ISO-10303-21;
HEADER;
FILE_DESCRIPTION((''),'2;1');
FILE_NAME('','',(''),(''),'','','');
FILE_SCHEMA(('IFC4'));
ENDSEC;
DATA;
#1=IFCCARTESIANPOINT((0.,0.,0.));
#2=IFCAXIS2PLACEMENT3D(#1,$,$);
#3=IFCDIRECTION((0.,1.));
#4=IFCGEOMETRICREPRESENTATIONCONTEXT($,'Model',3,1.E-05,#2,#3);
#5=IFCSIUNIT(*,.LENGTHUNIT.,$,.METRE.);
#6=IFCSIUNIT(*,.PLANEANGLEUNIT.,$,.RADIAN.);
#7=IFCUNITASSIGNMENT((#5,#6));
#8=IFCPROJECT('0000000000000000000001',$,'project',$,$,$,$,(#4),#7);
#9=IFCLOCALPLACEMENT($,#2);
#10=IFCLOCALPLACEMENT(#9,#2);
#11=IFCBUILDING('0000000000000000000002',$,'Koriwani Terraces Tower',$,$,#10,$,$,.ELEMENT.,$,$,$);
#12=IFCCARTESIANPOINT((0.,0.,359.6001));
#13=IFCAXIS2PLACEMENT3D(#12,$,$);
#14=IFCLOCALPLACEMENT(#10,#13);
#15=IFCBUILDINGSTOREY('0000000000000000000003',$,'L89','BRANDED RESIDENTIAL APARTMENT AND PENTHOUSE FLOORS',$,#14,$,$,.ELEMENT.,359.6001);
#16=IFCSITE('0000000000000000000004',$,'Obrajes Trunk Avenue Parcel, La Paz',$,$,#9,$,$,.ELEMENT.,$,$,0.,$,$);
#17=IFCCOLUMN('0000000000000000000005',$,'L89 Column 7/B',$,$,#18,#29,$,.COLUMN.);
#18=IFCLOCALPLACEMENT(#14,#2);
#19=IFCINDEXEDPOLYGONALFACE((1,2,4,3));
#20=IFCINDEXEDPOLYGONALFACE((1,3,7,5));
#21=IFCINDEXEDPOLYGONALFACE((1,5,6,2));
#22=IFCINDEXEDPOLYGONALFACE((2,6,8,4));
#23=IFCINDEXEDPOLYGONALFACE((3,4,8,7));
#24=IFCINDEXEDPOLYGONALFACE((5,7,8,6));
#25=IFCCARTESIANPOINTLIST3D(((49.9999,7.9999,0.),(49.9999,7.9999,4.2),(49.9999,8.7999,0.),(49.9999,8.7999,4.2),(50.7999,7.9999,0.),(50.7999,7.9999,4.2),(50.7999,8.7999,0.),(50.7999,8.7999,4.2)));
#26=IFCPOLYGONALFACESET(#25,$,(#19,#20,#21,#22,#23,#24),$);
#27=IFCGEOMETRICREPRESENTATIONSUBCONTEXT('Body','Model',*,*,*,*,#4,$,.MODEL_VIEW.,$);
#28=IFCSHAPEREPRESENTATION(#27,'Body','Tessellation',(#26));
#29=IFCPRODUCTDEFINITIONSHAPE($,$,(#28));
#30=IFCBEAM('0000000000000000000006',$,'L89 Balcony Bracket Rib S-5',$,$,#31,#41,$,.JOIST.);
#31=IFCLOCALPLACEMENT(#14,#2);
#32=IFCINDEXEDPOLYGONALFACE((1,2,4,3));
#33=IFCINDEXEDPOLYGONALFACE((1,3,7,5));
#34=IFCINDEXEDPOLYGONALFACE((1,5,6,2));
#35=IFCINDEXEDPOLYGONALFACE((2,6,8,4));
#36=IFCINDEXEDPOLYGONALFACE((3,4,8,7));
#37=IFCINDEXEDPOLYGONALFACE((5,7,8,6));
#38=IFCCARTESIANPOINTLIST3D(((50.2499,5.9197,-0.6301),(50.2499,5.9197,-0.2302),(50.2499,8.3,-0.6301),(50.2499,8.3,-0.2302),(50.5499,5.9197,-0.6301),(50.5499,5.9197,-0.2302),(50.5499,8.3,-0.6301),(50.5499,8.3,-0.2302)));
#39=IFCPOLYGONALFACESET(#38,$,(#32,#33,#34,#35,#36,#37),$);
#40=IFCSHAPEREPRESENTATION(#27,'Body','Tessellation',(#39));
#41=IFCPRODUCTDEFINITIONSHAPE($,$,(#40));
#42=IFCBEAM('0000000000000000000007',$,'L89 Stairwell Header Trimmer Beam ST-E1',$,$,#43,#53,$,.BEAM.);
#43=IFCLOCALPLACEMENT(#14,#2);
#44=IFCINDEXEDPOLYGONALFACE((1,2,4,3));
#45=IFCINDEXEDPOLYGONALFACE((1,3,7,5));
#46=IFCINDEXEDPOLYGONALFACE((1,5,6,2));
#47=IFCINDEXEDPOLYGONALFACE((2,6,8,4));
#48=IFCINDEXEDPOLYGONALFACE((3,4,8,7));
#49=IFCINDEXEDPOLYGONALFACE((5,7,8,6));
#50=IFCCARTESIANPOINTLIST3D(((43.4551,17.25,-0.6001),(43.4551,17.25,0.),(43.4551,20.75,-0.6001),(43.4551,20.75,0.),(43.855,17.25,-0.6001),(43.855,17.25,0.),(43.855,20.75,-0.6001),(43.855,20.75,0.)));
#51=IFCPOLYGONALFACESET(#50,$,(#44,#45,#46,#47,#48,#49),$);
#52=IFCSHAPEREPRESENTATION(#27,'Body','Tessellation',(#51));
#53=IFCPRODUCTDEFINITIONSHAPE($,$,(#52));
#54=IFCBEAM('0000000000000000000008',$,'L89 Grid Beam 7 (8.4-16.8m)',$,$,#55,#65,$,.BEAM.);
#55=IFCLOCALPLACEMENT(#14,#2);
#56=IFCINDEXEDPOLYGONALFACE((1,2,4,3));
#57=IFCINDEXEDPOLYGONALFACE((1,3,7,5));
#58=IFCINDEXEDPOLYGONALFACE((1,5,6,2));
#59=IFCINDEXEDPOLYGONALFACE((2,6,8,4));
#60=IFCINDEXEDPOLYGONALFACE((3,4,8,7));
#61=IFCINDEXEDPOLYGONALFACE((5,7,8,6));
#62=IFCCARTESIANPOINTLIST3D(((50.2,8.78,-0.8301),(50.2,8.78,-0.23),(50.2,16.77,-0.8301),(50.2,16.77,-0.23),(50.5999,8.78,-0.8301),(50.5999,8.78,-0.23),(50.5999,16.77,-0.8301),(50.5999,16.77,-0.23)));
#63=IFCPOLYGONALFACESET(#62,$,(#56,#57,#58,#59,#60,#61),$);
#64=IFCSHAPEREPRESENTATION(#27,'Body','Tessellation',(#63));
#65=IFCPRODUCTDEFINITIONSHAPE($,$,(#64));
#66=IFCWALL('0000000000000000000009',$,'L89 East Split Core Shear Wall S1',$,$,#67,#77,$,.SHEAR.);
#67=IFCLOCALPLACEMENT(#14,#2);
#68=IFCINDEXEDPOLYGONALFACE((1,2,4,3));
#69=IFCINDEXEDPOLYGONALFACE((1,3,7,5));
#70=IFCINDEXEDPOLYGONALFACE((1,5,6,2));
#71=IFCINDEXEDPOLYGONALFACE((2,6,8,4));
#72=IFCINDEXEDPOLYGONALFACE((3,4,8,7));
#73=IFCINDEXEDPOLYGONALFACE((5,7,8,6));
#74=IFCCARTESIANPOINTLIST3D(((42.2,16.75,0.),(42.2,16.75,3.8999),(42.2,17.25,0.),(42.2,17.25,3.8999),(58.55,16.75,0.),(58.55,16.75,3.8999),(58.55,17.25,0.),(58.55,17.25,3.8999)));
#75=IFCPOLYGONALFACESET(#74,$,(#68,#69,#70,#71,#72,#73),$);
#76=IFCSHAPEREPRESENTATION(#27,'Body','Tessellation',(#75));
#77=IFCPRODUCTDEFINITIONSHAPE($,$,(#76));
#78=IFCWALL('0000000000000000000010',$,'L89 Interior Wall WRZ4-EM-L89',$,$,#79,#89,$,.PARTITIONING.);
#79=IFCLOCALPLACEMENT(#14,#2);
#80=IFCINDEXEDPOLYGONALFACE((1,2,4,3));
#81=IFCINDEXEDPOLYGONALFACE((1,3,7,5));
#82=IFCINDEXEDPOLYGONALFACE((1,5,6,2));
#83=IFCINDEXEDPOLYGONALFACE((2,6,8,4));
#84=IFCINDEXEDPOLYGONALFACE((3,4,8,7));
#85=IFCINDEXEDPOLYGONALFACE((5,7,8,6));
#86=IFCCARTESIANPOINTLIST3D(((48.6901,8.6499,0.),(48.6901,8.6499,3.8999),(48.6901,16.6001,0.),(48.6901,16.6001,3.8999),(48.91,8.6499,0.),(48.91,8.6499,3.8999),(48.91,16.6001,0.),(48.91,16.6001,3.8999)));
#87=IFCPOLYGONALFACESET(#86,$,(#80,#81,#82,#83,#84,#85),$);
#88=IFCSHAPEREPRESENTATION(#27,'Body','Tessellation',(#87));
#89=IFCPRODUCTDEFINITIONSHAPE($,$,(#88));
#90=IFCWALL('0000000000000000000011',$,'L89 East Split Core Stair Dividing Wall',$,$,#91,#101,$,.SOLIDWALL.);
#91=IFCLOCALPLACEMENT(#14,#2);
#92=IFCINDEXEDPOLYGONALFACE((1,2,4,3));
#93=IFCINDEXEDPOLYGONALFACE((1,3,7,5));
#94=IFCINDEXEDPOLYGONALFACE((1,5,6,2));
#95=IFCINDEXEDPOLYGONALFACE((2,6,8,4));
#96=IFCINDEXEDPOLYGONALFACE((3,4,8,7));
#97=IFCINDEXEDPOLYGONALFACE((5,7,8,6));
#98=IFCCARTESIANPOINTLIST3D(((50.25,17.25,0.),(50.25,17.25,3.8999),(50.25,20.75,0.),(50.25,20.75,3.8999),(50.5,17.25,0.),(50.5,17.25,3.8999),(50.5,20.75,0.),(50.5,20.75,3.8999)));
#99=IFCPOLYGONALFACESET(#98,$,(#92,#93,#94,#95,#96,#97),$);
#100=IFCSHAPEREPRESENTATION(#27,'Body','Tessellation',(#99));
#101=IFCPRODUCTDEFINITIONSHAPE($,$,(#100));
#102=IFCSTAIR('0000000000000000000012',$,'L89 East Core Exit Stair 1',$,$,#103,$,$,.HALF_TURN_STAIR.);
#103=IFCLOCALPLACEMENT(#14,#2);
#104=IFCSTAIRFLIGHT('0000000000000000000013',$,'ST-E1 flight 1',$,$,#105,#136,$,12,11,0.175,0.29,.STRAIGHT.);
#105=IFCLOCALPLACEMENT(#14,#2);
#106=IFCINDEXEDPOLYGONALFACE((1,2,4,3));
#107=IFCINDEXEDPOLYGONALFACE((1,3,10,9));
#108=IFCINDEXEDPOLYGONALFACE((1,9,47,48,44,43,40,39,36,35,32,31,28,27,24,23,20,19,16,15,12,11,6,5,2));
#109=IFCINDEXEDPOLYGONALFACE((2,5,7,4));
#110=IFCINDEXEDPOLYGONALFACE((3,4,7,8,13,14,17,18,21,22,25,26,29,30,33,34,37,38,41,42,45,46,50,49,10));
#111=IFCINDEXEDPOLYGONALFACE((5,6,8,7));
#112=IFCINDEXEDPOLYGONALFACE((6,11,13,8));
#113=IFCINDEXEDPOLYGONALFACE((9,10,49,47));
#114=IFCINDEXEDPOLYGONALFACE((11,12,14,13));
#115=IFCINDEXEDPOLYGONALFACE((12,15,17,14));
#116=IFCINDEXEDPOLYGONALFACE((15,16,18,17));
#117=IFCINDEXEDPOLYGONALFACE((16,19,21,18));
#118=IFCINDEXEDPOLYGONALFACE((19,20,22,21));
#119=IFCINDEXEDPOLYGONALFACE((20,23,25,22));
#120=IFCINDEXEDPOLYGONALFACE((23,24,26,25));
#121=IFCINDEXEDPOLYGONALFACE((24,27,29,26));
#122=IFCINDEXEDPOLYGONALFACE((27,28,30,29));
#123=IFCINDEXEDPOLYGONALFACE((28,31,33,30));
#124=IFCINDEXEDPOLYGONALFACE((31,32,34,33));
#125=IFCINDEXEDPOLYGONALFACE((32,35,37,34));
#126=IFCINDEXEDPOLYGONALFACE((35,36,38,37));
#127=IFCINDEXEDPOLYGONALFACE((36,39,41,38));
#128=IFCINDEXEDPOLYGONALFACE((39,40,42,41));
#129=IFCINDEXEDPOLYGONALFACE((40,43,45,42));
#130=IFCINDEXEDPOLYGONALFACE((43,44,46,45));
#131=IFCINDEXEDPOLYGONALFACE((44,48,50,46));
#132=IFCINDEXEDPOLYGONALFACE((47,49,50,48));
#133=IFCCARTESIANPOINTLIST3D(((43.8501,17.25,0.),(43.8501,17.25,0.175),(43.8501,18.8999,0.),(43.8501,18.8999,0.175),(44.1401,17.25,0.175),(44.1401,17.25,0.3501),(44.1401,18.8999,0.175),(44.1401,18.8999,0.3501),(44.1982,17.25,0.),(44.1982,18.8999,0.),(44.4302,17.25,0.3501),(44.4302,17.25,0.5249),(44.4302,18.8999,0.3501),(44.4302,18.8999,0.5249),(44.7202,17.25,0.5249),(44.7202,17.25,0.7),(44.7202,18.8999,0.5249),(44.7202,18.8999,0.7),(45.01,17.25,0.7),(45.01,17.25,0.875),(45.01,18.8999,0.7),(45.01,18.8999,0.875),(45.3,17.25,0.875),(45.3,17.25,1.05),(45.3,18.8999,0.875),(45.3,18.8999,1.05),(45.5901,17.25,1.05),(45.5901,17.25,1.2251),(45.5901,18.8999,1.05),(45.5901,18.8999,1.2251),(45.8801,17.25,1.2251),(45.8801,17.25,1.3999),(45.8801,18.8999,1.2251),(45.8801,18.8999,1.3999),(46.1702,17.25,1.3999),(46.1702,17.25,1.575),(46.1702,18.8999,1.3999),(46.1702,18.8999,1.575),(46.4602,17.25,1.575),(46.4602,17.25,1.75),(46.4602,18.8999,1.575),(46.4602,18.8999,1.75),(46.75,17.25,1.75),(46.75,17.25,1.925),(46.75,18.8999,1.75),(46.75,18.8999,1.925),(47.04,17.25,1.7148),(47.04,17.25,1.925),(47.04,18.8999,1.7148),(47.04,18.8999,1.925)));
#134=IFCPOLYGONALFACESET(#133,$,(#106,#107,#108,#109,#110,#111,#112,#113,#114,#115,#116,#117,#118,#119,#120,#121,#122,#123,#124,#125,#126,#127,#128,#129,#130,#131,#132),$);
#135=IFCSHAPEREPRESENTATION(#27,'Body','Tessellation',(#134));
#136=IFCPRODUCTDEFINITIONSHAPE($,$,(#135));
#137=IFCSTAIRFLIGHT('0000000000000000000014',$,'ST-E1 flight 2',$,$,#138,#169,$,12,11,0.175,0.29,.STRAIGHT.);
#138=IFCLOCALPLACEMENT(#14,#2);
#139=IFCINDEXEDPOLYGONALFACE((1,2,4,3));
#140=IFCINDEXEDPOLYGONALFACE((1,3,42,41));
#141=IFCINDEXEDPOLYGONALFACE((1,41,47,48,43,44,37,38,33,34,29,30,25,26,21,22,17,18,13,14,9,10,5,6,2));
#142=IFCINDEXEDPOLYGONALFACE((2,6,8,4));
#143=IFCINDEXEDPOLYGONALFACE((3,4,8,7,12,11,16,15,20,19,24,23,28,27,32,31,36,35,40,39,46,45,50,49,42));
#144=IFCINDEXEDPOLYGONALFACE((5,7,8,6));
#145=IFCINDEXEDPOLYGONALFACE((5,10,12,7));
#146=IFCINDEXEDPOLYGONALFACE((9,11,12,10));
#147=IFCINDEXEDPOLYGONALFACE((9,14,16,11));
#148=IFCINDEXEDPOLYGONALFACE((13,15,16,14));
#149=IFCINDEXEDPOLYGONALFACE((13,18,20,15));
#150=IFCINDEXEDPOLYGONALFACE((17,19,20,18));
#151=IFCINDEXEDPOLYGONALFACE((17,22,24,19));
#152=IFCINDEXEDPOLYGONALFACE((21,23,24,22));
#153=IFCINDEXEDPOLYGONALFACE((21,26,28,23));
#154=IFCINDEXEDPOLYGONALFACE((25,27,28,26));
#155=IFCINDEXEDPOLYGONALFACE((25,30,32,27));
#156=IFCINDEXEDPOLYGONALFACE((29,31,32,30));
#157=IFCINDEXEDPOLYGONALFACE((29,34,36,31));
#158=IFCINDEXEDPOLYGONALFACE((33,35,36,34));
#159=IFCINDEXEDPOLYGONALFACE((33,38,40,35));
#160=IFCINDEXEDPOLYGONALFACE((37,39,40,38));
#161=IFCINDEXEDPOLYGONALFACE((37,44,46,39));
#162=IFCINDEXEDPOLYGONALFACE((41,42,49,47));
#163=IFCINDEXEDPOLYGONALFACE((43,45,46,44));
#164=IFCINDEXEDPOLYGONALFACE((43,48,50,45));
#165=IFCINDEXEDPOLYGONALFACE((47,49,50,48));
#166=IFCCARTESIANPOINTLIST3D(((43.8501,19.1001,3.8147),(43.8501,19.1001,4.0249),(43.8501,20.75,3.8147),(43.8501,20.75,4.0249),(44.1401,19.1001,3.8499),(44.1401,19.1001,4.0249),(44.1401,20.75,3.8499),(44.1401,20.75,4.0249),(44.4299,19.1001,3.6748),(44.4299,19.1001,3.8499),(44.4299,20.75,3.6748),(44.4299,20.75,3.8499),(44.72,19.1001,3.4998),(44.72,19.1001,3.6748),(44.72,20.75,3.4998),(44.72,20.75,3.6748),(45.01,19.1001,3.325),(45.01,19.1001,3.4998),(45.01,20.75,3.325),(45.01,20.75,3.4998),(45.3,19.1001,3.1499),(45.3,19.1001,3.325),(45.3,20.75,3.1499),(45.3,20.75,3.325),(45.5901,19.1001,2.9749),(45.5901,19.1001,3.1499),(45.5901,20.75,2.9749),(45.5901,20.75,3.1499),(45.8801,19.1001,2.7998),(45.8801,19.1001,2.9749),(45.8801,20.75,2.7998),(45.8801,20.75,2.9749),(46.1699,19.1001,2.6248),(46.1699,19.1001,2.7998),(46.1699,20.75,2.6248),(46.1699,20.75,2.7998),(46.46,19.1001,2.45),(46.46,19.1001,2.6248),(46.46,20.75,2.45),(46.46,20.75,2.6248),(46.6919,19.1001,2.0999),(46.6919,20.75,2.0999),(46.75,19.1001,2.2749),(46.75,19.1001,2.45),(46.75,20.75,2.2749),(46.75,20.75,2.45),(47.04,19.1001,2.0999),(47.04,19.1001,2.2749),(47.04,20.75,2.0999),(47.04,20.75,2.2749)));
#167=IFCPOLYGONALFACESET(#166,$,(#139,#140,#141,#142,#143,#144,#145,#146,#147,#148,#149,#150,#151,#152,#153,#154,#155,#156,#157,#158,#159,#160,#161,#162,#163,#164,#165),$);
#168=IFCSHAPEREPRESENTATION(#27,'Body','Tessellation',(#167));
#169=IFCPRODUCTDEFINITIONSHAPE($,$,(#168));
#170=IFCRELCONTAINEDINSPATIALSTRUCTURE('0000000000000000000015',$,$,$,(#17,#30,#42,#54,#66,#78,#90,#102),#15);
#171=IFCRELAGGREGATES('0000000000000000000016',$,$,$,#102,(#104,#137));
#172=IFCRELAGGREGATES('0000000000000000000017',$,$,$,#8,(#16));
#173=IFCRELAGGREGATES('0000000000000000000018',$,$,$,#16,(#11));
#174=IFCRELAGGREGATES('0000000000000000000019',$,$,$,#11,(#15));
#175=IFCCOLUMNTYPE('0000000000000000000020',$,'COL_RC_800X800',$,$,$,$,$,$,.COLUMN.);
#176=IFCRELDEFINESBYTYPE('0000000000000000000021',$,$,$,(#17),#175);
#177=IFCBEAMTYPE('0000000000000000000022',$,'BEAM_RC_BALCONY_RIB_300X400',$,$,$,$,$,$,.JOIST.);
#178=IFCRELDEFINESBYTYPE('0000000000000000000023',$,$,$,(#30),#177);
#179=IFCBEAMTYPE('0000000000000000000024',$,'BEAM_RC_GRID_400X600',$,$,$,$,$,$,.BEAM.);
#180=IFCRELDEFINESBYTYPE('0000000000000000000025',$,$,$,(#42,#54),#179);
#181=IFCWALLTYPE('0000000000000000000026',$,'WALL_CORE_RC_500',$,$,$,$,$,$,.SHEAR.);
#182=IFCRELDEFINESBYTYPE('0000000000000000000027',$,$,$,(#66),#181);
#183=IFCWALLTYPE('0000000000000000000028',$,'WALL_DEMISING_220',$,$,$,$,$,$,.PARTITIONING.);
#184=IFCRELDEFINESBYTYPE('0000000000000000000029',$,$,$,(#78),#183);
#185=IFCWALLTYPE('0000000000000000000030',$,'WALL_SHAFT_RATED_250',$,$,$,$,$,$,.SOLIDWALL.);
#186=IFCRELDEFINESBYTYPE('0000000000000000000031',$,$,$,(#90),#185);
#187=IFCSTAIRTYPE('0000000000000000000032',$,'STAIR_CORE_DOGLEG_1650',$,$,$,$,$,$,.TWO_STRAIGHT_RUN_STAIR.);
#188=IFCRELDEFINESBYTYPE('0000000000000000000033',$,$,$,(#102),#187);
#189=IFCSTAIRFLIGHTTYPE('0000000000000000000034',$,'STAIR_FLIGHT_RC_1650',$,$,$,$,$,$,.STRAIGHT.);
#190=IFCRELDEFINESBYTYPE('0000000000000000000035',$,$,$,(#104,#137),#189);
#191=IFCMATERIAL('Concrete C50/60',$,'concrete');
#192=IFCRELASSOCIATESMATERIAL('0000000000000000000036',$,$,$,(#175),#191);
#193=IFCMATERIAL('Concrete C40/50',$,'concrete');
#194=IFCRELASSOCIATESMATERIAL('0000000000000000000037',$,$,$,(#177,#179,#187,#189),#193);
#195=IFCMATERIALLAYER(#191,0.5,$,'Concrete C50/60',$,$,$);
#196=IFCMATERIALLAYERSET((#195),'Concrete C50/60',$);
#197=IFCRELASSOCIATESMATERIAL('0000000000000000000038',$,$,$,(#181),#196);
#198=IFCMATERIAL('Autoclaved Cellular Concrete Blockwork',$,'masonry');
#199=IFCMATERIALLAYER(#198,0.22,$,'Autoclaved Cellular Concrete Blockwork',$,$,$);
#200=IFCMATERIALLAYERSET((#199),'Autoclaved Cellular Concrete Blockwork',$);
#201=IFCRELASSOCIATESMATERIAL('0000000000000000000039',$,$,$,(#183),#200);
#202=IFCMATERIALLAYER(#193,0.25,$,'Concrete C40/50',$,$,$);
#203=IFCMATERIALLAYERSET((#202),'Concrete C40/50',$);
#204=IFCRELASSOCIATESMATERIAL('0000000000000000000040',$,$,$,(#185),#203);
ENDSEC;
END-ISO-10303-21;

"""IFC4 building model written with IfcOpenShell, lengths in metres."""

from ifc_helpers import new_model, si_unit, direction, frame, frame_2d, origin, origin_2d, place, context, subcontext, project, spatial, polyline, rectangle, outline, extrude, material, layer, layer_set, material_profile, profile_set, type_object, element, aggregate, save


model = new_model("IFC4")

# Units and contexts
model_context = context("Model", 3, precision=1e-05, world=origin(), true_north=direction((0.0, 1.0)))
body_context = subcontext(model_context, "Body", "Model", "MODEL_VIEW")
ifc_project = project(units=[si_unit("LENGTHUNIT", "METRE"), si_unit("PLANEANGLEUNIT", "RADIAN")], contexts=[model_context])

# Site, building, storey
site_placement = place(None, origin())
site = spatial("IfcSite", under=ifc_project, at=site_placement, Name="Obrajes Trunk Avenue Parcel, La Paz", CompositionType="ELEMENT", RefElevation=0.0)
building_placement = place(site_placement, origin())
building = spatial("IfcBuilding", under=site, at=building_placement, Name="Koriwani Terraces Tower", CompositionType="ELEMENT")
storey_placement = place(building_placement, frame((0.0, 0.0, 359.6001)))
storey = spatial("IfcBuildingStorey", under=building, at=storey_placement, Name="L89", Description="BRANDED RESIDENTIAL APARTMENT AND PENTHOUSE FLOORS", CompositionType="ELEMENT", Elevation=359.6001)

# Column
ifc_material_1 = material(Name="Concrete C50/60", Category="concrete")
ifc_material_profile_1 = material_profile(ifc_material_1, rectangle(XDim=0.8, YDim=0.8, at=origin_2d()), Name="Concrete C50/60", Category="LoadBearing")
ifc_profile_set_1 = profile_set([ifc_material_profile_1], Name="Concrete C50/60")
column_type = type_object("IfcColumnType", Name="COL_RC_800X800", PredefinedType="COLUMN", material=ifc_profile_set_1)
column_placement = place(storey_placement, frame((50.3999, 8.3999, 0.0), z_axis=(0.0, 0.0, 1.0), x_axis=(1.0, 0.0, 0.0)))
element("IfcColumn", 1, at=column_placement, inside=storey, type_object=column_type, Name="L89 Column 7/B", PredefinedType="COLUMN", context=body_context, shape_type="SweptSolid", body=[
    extrude(rectangle(XDim=0.8, YDim=0.8, at=origin_2d()), origin(), (0.0, 0.0, 1.0), 4.2),
])

# Beams
ifc_material_2 = material(Name="Concrete C40/50", Category="concrete")
ifc_material_profile_2 = material_profile(ifc_material_2, rectangle(XDim=0.3, YDim=0.3999, at=origin_2d()), Name="Concrete C40/50", Category="LoadBearing")
ifc_profile_set_2 = profile_set([ifc_material_profile_2], Name="Concrete C40/50")
beam_type_1 = type_object("IfcBeamType", Name="BEAM_RC_BALCONY_RIB_300X400", PredefinedType="JOIST", material=ifc_profile_set_2)
beam_1_placement = place(storey_placement, frame((50.3999, 5.9197, -0.4302), z_axis=(0.0, 1.0, 0.0), x_axis=(-1.0, 0.0, 0.0)))
element("IfcBeam", 2, at=beam_1_placement, inside=storey, type_object=beam_type_1, Name="L89 Balcony Bracket Rib S-5", PredefinedType="JOIST", context=body_context, shape_type="SweptSolid", body=[
    extrude(rectangle(XDim=0.3, YDim=0.3999, at=origin_2d()), origin(), (0.0, 0.0, 1.0), 2.3804),
])
ifc_material_profile_3 = material_profile(ifc_material_2, rectangle(XDim=0.3999, YDim=0.6001, at=origin_2d()), Name="Concrete C40/50", Category="LoadBearing")
ifc_profile_set_3 = profile_set([ifc_material_profile_3], Name="Concrete C40/50")
beam_type_2 = type_object("IfcBeamType", Name="BEAM_RC_GRID_400X600", PredefinedType="BEAM", material=ifc_profile_set_3)
beam_2_placement = place(storey_placement, frame((43.655, 17.25, -0.3), z_axis=(0.0, 1.0, 0.0), x_axis=(-1.0, 0.0, 0.0)))
element("IfcBeam", 3, at=beam_2_placement, inside=storey, type_object=beam_type_2, Name="L89 Stairwell Header Trimmer Beam ST-E1", PredefinedType="BEAM", context=body_context, shape_type="SweptSolid", body=[
    extrude(rectangle(XDim=0.3999, YDim=0.6001, at=origin_2d()), origin(), (0.0, 0.0, 1.0), 3.5),
])
beam_3_placement = place(storey_placement, frame((50.3999, 8.78, -0.53), z_axis=(0.0, 1.0, 0.0), x_axis=(-1.0, 0.0, 0.0)))
element("IfcBeam", 4, at=beam_3_placement, inside=storey, type_object=beam_type_2, Name="L89 Grid Beam 7 (8.4-16.8m)", PredefinedType="BEAM", context=body_context, shape_type="SweptSolid", body=[
    extrude(rectangle(XDim=0.3999, YDim=0.6001, at=origin_2d()), origin(), (0.0, 0.0, 1.0), 7.99),
])

# Walls
ifc_layer_1 = layer(ifc_material_1, 0.5, Name="Concrete C50/60")
ifc_layer_set_1 = layer_set([ifc_layer_1], Name="Concrete C50/60")
wall_type_1 = type_object("IfcWallType", Name="WALL_CORE_RC_500", PredefinedType="SHEAR", material=ifc_layer_set_1)
wall_1_placement = place(storey_placement, frame((42.2, 17.0, 0.0), z_axis=(0.0, 0.0, 1.0), x_axis=(1.0, 0.0, 0.0)))
element("IfcWall", 5, at=wall_1_placement, inside=storey, type_object=wall_type_1, Name="L89 East Split Core Shear Wall S1", PredefinedType="SHEAR", context=body_context, shape_type="SweptSolid", body=[
    extrude(rectangle(XDim=16.3501, YDim=0.5, at=frame_2d((8.175, 0.0))), origin(), (0.0, 0.0, 1.0), 3.8999),
])
ifc_material_3 = material(Name="Autoclaved Cellular Concrete Blockwork", Category="masonry")
ifc_layer_2 = layer(ifc_material_3, 0.22, Name="Autoclaved Cellular Concrete Blockwork")
ifc_layer_set_2 = layer_set([ifc_layer_2], Name="Autoclaved Cellular Concrete Blockwork")
wall_type_2 = type_object("IfcWallType", Name="WALL_DEMISING_220", PredefinedType="PARTITIONING", material=ifc_layer_set_2)
wall_2_placement = place(storey_placement, frame((48.8, 8.6499, 0.0), z_axis=(0.0, 0.0, 1.0), x_axis=(0.0, 1.0, 0.0)))
element("IfcWall", 6, at=wall_2_placement, inside=storey, type_object=wall_type_2, Name="L89 Interior Wall WRZ4-EM-L89", PredefinedType="PARTITIONING", context=body_context, shape_type="SweptSolid", body=[
    extrude(rectangle(XDim=7.9502, YDim=0.22, at=frame_2d((3.9751, 0.0))), origin(), (0.0, 0.0, 1.0), 3.8999),
])
ifc_layer_3 = layer(ifc_material_2, 0.25, Name="Concrete C40/50")
ifc_layer_set_3 = layer_set([ifc_layer_3], Name="Concrete C40/50")
wall_type_3 = type_object("IfcWallType", Name="WALL_SHAFT_RATED_250", PredefinedType="SOLIDWALL", material=ifc_layer_set_3)
wall_3_placement = place(storey_placement, frame((50.375, 17.25, 0.0), z_axis=(0.0, 0.0, 1.0), x_axis=(0.0, 1.0, 0.0)))
element("IfcWall", 7, at=wall_3_placement, inside=storey, type_object=wall_type_3, Name="L89 East Split Core Stair Dividing Wall", PredefinedType="SOLIDWALL", context=body_context, shape_type="SweptSolid", body=[
    extrude(rectangle(XDim=3.5, YDim=0.25, at=frame_2d((1.75, 0.0))), origin(), (0.0, 0.0, 1.0), 3.8999),
])

# Stair, stair flights
stair_type = type_object("IfcStairType", Name="STAIR_CORE_DOGLEG_1650", PredefinedType="TWO_STRAIGHT_RUN_STAIR", material=ifc_material_2)
stair_placement = place(storey_placement, origin())
stair = element("IfcStair", 8, at=stair_placement, inside=storey, type_object=stair_type, Name="L89 East Core Exit Stair 1", PredefinedType="HALF_TURN_STAIR")
stair_flight_type = type_object("IfcStairFlightType", Name="STAIR_FLIGHT_RC_1650", PredefinedType="STRAIGHT", material=ifc_material_2)
stair_flight_1_placement = place(storey_placement, frame((43.8501, 18.075, 0.0), z_axis=(0.0, 0.0, 1.0), x_axis=(1.0, 0.0, 0.0)))
stair_flight_1 = element("IfcStairFlight", 9, at=stair_flight_1_placement, type_object=stair_flight_type, Name="ST-E1 flight 1", NumberOfRisers=12, NumberOfTreads=11, PredefinedType="STRAIGHT", RiserHeight=0.175, TreadLength=0.29, context=body_context, shape_type="SweptSolid", body=[
    extrude(outline(polyline([(0.0, 0.0), (0.0, 0.175), (0.29, 0.175), (0.29, 0.3501), (0.5801, 0.3501), (0.5801, 0.5249), (0.8701, 0.5249), (0.8701, 0.7), (1.1599, 0.7), (1.1599, 0.875), (1.45, 0.875), (1.45, 1.05), (1.74, 1.05), (1.74, 1.2251), (2.03, 1.2251), (2.03, 1.3999), (2.3201, 1.3999), (2.3201, 1.575), (2.6101, 1.575), (2.6101, 1.75), (2.8999, 1.75), (2.8999, 1.925), (3.1899, 1.925), (3.1899, 2.1001), (3.1899, 1.7148), (0.3481, 0.0), (0.0, 0.0)])), frame((0.0, 0.825, 0.0), z_axis=(0.0, -1.0, 0.0), x_axis=(1.0, 0.0, 0.0)), (0.0, 0.0, 1.0), 1.6499),
])
stair_flight_2_placement = place(storey_placement, frame((47.04, 19.925, 2.0999), z_axis=(0.0, 0.0, 1.0), x_axis=(-1.0, 0.0, 0.0)))
stair_flight_2 = element("IfcStairFlight", 10, at=stair_flight_2_placement, type_object=stair_flight_type, Name="ST-E1 flight 2", NumberOfRisers=12, NumberOfTreads=11, PredefinedType="STRAIGHT", RiserHeight=0.175, TreadLength=0.29, context=body_context, shape_type="SweptSolid", body=[
    extrude(outline(polyline([(0.0, 0.0), (0.0, 0.175), (0.29, 0.175), (0.29, 0.3501), (0.5801, 0.3501), (0.5801, 0.5249), (0.8701, 0.5249), (0.8701, 0.7), (1.1599, 0.7), (1.1599, 0.875), (1.45, 0.875), (1.45, 1.05), (1.74, 1.05), (1.74, 1.2251), (2.03, 1.2251), (2.03, 1.3999), (2.3201, 1.3999), (2.3201, 1.575), (2.6101, 1.575), (2.6101, 1.75), (2.8999, 1.75), (2.8999, 1.925), (3.1899, 1.925), (3.1899, 2.1001), (3.1899, 1.7148), (0.3481, 0.0), (0.0, 0.0)])), frame((0.0, 0.825, 0.0), z_axis=(0.0, -1.0, 0.0), x_axis=(1.0, 0.0, 0.0)), (0.0, 0.0, 1.0), 1.6499),
])
aggregate(stair, [stair_flight_1, stair_flight_2])

save(model, "model.ifc")
